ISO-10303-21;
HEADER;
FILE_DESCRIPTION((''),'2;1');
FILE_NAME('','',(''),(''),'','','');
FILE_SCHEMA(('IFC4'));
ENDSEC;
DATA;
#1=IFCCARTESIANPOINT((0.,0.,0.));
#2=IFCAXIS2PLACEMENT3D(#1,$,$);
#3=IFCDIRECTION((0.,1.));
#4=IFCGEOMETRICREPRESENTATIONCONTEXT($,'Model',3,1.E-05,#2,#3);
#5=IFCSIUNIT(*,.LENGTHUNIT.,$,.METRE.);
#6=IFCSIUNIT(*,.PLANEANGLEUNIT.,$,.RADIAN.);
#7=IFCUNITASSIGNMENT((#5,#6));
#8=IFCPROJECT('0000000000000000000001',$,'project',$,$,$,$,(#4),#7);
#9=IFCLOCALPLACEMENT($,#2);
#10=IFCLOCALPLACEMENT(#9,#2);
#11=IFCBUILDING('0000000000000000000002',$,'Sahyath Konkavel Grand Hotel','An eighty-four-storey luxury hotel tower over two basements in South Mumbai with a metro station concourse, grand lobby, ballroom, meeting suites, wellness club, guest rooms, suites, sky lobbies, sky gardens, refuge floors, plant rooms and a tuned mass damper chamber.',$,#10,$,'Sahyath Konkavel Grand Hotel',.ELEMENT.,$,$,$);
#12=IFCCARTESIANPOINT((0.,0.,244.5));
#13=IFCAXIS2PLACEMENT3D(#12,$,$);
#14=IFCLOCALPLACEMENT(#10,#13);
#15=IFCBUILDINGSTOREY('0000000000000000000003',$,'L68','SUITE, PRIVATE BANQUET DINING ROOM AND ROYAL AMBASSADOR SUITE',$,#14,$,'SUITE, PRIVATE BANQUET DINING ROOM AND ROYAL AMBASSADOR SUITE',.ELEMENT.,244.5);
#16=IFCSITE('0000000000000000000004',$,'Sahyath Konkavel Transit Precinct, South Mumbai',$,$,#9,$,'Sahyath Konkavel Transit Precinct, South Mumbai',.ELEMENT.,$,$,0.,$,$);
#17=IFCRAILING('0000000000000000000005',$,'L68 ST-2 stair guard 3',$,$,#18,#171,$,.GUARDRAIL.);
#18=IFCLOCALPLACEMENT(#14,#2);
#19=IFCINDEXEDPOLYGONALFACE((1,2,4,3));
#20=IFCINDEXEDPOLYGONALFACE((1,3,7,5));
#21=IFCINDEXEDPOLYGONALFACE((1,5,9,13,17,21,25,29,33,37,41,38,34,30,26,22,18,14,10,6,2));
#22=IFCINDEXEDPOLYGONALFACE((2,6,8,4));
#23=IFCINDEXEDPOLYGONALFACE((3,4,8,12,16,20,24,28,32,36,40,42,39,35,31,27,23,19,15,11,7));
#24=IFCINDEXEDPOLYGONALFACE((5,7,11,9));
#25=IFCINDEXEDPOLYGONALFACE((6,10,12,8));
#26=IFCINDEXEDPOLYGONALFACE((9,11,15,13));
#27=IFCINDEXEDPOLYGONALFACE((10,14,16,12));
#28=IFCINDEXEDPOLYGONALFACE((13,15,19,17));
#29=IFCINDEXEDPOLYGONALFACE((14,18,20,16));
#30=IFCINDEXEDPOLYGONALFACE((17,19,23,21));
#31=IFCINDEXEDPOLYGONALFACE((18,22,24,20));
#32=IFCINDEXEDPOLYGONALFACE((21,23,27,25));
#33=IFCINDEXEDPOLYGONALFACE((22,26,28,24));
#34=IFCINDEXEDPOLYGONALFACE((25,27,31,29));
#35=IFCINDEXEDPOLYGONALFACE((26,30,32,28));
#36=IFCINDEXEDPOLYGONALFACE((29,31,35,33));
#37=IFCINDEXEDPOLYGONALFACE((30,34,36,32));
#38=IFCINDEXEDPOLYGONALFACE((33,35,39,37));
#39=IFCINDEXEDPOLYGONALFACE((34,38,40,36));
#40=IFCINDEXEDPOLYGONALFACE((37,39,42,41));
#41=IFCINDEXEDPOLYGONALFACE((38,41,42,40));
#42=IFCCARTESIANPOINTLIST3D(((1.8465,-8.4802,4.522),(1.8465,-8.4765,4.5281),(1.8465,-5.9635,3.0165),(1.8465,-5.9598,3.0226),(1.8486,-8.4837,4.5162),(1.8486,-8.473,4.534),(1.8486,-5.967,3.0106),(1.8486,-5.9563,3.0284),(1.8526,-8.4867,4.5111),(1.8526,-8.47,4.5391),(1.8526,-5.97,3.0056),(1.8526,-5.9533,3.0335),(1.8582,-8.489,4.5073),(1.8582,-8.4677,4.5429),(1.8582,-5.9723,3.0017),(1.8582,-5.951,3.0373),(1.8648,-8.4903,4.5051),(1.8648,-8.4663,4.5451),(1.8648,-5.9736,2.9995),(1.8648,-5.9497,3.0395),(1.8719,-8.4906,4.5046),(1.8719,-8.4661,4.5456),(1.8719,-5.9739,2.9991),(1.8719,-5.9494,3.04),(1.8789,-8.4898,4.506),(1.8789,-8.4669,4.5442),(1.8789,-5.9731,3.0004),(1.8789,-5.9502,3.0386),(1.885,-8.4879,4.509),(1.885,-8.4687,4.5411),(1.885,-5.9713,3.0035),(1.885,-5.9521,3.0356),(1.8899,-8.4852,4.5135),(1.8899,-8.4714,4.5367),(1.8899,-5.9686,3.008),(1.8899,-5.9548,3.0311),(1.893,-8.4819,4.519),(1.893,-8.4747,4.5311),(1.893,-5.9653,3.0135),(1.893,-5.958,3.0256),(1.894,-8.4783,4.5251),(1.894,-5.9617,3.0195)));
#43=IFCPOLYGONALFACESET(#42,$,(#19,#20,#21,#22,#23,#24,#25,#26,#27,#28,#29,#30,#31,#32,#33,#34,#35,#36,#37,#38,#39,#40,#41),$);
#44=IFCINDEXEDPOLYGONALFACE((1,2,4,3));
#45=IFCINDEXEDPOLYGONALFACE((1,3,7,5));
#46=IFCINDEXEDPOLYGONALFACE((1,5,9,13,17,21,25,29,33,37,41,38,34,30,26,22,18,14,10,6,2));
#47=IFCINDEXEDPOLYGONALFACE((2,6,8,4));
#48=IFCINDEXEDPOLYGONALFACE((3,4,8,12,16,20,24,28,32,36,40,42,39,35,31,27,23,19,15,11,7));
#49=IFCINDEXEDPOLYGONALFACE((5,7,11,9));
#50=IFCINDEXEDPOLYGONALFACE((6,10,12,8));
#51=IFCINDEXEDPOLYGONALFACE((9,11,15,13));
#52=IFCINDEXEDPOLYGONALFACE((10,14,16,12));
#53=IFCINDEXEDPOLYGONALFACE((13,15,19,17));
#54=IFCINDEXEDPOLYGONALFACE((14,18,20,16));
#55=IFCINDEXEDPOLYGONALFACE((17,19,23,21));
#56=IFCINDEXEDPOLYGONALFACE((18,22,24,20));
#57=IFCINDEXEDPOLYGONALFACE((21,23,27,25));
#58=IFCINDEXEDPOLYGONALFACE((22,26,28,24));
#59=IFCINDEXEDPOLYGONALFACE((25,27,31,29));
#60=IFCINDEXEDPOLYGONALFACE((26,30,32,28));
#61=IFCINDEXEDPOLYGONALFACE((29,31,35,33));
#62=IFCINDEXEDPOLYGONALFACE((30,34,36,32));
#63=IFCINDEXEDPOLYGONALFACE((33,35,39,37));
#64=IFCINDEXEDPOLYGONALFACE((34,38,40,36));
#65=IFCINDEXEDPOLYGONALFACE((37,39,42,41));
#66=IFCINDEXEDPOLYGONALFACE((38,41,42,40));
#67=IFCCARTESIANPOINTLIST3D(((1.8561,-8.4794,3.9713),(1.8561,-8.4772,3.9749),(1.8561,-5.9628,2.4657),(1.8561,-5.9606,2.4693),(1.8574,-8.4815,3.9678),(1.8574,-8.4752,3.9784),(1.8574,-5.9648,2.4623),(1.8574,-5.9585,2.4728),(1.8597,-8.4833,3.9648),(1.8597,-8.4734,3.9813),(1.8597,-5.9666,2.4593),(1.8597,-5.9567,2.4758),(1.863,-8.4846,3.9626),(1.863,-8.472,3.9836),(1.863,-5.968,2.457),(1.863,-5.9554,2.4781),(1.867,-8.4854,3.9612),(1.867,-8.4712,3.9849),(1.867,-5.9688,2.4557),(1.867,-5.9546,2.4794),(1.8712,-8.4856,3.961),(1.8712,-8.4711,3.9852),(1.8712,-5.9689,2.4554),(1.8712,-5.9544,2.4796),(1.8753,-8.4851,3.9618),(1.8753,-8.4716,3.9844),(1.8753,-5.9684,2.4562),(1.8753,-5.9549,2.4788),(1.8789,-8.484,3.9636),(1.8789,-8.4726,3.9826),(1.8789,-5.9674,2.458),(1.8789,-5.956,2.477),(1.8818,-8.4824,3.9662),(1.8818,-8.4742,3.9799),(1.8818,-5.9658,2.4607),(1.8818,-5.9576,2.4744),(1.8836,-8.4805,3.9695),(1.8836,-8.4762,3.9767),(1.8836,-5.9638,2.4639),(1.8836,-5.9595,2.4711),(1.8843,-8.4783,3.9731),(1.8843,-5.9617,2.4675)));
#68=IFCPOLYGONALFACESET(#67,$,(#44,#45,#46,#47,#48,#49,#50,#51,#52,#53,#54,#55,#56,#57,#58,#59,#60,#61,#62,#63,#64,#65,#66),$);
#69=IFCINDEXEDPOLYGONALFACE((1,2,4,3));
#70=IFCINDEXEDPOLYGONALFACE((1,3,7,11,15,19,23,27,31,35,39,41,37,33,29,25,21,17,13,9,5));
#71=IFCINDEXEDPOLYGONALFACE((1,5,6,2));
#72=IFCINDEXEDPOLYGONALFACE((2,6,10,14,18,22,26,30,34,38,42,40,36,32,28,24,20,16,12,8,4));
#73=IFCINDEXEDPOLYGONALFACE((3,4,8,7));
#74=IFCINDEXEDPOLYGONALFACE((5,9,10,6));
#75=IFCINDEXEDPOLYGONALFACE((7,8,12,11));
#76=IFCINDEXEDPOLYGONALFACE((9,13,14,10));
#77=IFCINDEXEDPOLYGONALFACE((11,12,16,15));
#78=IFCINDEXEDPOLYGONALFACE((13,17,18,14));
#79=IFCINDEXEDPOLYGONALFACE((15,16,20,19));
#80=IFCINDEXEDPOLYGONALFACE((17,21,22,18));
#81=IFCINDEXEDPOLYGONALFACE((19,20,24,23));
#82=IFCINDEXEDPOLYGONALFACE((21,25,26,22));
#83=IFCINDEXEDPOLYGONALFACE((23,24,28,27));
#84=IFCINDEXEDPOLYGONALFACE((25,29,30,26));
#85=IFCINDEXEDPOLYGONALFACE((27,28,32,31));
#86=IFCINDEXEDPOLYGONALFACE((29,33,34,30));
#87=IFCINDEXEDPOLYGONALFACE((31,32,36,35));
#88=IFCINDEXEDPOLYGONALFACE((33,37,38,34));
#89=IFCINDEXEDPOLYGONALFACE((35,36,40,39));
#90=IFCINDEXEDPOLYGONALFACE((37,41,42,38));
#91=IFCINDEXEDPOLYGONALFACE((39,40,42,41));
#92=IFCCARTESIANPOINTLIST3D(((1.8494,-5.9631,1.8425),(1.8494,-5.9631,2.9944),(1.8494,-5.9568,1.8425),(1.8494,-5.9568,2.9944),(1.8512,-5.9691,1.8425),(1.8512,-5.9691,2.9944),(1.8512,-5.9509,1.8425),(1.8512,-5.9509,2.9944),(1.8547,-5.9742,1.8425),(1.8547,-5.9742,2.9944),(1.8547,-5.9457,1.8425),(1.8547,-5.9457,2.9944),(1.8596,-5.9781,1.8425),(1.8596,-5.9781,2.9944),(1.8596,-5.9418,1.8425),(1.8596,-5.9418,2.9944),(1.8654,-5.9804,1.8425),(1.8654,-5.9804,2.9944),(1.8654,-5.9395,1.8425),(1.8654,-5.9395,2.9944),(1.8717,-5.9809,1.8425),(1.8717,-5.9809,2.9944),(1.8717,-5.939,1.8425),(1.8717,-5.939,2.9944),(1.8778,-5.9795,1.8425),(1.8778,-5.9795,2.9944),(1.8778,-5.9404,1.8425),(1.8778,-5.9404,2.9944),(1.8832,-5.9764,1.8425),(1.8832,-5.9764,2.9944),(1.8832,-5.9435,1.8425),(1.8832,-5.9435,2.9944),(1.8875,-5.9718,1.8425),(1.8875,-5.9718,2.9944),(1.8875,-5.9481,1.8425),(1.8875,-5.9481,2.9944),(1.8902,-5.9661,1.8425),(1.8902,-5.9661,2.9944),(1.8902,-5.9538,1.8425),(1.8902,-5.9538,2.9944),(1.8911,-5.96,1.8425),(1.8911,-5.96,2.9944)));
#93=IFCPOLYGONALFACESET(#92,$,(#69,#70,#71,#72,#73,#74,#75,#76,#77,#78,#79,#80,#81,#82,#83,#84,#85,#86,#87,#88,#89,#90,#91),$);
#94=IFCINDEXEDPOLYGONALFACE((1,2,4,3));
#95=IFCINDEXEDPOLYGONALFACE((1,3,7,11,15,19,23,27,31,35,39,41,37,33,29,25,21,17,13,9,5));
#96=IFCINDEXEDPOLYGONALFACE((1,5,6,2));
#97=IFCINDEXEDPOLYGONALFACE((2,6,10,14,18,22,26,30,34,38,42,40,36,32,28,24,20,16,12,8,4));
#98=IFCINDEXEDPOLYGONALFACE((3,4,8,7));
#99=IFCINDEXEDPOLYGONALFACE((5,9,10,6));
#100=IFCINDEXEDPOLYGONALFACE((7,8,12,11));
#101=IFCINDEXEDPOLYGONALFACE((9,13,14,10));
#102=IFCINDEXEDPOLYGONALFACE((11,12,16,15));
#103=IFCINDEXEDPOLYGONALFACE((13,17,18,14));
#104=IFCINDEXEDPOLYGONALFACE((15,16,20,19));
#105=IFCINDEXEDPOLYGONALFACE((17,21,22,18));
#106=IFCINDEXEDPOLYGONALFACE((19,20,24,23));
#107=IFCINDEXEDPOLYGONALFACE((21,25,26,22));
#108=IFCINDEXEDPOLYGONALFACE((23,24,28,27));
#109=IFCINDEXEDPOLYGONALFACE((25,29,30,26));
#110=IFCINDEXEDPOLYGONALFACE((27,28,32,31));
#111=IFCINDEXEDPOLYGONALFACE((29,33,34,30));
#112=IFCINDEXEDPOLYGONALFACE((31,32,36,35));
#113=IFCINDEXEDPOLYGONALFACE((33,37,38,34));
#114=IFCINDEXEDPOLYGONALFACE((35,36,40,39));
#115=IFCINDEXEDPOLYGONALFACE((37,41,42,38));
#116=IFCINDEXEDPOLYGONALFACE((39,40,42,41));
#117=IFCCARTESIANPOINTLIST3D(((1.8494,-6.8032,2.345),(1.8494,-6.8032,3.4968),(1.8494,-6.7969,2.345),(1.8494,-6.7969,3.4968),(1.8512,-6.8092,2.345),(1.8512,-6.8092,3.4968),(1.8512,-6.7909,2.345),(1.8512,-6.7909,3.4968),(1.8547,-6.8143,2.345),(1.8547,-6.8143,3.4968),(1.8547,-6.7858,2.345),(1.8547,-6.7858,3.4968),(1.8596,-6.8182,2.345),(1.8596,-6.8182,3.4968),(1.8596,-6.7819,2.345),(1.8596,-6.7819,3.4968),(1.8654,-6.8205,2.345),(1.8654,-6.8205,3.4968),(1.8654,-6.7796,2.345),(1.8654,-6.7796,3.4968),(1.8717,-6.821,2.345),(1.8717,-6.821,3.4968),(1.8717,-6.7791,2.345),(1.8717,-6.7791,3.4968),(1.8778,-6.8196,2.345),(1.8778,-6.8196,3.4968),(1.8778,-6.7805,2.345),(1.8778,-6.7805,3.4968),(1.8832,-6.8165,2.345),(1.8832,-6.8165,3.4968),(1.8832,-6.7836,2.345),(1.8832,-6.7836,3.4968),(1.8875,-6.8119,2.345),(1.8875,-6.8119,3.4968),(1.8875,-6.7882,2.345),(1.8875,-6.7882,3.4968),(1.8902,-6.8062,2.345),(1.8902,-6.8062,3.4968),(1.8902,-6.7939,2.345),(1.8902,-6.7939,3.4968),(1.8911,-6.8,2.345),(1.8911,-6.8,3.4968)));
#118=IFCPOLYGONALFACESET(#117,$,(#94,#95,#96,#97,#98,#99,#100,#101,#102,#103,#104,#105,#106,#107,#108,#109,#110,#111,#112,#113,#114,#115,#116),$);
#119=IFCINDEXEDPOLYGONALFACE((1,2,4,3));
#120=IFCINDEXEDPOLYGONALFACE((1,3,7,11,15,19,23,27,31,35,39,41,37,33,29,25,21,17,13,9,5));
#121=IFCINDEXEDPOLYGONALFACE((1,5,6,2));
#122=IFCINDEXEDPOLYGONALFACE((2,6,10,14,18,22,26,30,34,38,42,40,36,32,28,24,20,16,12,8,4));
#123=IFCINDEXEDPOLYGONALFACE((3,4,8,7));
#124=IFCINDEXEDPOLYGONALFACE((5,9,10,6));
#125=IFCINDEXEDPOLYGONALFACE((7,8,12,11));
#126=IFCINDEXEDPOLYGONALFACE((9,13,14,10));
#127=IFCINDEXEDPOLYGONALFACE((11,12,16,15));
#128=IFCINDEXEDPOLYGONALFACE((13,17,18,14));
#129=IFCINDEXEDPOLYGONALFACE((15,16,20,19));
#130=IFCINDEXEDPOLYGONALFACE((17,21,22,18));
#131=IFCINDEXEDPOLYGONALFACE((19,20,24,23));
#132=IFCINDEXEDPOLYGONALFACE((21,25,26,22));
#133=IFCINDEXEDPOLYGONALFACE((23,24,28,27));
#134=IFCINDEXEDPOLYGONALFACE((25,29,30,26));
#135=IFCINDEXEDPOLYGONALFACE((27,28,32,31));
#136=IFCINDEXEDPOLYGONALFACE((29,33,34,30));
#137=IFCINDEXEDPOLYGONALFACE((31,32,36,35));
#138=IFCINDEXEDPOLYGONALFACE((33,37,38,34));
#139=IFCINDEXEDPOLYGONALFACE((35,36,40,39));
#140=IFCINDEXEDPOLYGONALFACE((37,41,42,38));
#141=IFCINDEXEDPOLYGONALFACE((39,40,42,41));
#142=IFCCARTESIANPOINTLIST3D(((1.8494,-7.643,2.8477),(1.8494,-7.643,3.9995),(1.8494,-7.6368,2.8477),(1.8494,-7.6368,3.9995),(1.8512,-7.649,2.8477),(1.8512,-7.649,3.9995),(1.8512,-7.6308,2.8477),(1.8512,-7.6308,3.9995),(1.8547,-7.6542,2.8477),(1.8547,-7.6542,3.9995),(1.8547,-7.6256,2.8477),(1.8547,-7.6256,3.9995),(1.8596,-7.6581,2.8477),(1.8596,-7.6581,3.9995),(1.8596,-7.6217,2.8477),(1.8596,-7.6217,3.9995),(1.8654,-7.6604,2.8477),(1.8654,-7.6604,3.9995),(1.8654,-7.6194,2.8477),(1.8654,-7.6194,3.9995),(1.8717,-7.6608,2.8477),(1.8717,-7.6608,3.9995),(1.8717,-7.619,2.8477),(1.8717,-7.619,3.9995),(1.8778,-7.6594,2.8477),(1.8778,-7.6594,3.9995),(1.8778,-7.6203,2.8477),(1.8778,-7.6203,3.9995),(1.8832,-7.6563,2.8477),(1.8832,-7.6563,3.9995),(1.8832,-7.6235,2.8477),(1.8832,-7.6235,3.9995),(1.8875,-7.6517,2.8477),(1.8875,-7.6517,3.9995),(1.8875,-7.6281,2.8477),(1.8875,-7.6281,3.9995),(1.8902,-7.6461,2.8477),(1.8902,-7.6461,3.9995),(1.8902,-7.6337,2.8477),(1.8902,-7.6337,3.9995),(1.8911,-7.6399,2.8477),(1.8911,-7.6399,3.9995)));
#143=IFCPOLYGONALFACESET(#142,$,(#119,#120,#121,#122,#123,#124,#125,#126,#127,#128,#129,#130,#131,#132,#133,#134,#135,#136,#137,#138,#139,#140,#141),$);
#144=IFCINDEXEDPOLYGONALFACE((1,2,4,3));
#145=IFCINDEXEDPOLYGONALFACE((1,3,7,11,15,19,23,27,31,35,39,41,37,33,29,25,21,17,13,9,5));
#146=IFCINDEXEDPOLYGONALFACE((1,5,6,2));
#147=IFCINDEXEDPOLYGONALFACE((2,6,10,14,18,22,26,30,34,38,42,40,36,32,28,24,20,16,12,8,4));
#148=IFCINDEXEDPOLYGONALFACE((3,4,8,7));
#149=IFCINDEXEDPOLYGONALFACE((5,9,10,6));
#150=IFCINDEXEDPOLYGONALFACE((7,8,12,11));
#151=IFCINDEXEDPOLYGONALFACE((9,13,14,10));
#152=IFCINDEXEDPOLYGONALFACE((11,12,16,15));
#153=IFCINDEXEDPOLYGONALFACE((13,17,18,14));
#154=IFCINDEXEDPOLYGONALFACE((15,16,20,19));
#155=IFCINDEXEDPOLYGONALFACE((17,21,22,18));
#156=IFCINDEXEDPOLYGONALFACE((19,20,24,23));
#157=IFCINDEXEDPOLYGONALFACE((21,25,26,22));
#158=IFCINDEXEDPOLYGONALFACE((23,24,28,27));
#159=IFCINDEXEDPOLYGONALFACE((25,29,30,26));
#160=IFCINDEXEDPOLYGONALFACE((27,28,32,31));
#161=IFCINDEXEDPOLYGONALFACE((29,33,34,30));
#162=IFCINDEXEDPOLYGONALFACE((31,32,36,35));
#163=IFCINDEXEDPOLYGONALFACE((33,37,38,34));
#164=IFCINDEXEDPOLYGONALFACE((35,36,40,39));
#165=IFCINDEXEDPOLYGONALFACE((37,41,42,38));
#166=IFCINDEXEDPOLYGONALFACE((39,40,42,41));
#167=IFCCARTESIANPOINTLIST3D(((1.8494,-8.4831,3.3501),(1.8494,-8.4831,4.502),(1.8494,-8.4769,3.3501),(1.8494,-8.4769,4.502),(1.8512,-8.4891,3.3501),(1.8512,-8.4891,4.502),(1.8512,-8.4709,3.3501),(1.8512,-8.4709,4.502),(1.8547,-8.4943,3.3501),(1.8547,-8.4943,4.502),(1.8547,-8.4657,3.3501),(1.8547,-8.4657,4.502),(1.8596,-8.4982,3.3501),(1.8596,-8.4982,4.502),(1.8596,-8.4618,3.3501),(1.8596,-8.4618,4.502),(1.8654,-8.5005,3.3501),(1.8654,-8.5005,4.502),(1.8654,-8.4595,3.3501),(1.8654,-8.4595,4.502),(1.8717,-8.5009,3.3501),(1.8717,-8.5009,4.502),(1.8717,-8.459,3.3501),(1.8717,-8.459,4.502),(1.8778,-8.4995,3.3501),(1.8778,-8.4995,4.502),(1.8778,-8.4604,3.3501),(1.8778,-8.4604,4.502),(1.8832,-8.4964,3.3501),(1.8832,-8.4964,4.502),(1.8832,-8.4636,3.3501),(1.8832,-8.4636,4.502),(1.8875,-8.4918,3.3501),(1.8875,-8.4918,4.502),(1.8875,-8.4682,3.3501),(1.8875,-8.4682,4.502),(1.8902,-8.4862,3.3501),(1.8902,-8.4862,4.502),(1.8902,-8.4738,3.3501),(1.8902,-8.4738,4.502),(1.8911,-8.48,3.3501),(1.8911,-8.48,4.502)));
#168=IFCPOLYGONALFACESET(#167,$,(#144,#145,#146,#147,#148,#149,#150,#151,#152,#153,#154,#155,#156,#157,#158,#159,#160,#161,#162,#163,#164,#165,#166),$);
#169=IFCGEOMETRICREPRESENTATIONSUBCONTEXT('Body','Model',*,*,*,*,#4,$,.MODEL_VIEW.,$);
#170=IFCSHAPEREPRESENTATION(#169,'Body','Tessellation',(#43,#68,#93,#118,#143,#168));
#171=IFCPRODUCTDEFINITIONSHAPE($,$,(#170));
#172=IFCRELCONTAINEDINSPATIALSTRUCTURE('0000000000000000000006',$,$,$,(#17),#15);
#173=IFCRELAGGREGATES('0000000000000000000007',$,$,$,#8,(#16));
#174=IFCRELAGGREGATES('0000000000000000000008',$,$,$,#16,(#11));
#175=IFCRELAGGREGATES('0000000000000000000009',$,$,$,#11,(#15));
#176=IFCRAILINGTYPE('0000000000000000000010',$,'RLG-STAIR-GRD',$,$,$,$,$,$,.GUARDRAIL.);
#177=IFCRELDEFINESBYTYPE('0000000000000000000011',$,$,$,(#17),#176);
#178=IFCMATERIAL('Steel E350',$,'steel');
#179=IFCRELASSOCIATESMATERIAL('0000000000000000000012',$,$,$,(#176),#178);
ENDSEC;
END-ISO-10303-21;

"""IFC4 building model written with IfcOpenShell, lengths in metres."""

from ifc_helpers import new_model, si_unit, direction, frame, origin, origin_2d, place, context, subcontext, project, spatial, circle, extrude, material, type_object, element, save


model = new_model("IFC4")

# Units and contexts
model_context = context("Model", 3, precision=1e-05, world=origin(), true_north=direction((0.0, 1.0)))
body_context = subcontext(model_context, "Body", "Model", "MODEL_VIEW")
ifc_project = project(units=[si_unit("LENGTHUNIT", "METRE"), si_unit("PLANEANGLEUNIT", "RADIAN")], contexts=[model_context])

# Site, building, storey
site_placement = place(None, origin())
site = spatial("IfcSite", under=ifc_project, at=site_placement, Name="Sahyath Konkavel Transit Precinct, South Mumbai", LongName="Sahyath Konkavel Transit Precinct, South Mumbai", CompositionType="ELEMENT", RefElevation=0.0)
building_placement = place(site_placement, origin())
building = spatial("IfcBuilding", under=site, at=building_placement, Name="Sahyath Konkavel Grand Hotel", Description="An eighty-four-storey luxury hotel tower over two basements in South Mumbai with a metro station concourse, grand lobby, ballroom, meeting suites, wellness club, guest rooms, suites, sky lobbies, sky gardens, refuge floors, plant rooms and a tuned mass damper chamber.", LongName="Sahyath Konkavel Grand Hotel", CompositionType="ELEMENT")
storey_placement = place(building_placement, frame((0.0, 0.0, 244.5)))
storey = spatial("IfcBuildingStorey", under=building, at=storey_placement, Name="L68", Description="SUITE, PRIVATE BANQUET DINING ROOM AND ROYAL AMBASSADOR SUITE", LongName="SUITE, PRIVATE BANQUET DINING ROOM AND ROYAL AMBASSADOR SUITE", CompositionType="ELEMENT", Elevation=244.5)

# Shared definitions
ifc_material_1 = material(Name="Steel E350", Category="steel")

# Railing
railing_type_1 = type_object("IfcRailingType", Name="RLG-STAIR-GRD", PredefinedType="GUARDRAIL", material=ifc_material_1)
railing_1_placement = place(storey_placement, frame((1.8701, -5.96, 1.8425)))
element("IfcRailing", 1, at=railing_1_placement, inside=storey, type_object=railing_type_1, Name="L68 ST-2 stair guard 3", PredefinedType="GUARDRAIL", context=body_context, shape_type="SweptSolid", body=[
    extrude(circle(Radius=0.0239, at=origin_2d()), frame((0.0, -0.0017, 1.177), z_axis=(0.0, -0.85816, 0.513383), x_axis=(1.0, 0.0, 0.0)), (0.0, 0.0, 1.0), 2.9326),
    extrude(circle(Radius=0.0142, at=origin_2d()), frame((0.0, -0.0017, 0.625), z_axis=(0.0, -0.85816, 0.513383), x_axis=(1.0, 0.0, 0.0)), (0.0, 0.0, 1.0), 2.9326),
    extrude(circle(Radius=0.021, at=origin_2d()), origin(), (0.0, 0.0, 1.0), 1.1519),
    extrude(circle(Radius=0.021, at=origin_2d()), frame((0.0, -0.8401, 0.5024)), (0.0, 0.0, 1.0), 1.1519),
    extrude(circle(Radius=0.021, at=origin_2d()), frame((0.0, -1.6799, 1.0051)), (0.0, 0.0, 1.0), 1.1519),
    extrude(circle(Radius=0.021, at=origin_2d()), frame((0.0, -2.52, 1.5076)), (0.0, 0.0, 1.0), 1.1519),
])

save(model, "model.ifc")
